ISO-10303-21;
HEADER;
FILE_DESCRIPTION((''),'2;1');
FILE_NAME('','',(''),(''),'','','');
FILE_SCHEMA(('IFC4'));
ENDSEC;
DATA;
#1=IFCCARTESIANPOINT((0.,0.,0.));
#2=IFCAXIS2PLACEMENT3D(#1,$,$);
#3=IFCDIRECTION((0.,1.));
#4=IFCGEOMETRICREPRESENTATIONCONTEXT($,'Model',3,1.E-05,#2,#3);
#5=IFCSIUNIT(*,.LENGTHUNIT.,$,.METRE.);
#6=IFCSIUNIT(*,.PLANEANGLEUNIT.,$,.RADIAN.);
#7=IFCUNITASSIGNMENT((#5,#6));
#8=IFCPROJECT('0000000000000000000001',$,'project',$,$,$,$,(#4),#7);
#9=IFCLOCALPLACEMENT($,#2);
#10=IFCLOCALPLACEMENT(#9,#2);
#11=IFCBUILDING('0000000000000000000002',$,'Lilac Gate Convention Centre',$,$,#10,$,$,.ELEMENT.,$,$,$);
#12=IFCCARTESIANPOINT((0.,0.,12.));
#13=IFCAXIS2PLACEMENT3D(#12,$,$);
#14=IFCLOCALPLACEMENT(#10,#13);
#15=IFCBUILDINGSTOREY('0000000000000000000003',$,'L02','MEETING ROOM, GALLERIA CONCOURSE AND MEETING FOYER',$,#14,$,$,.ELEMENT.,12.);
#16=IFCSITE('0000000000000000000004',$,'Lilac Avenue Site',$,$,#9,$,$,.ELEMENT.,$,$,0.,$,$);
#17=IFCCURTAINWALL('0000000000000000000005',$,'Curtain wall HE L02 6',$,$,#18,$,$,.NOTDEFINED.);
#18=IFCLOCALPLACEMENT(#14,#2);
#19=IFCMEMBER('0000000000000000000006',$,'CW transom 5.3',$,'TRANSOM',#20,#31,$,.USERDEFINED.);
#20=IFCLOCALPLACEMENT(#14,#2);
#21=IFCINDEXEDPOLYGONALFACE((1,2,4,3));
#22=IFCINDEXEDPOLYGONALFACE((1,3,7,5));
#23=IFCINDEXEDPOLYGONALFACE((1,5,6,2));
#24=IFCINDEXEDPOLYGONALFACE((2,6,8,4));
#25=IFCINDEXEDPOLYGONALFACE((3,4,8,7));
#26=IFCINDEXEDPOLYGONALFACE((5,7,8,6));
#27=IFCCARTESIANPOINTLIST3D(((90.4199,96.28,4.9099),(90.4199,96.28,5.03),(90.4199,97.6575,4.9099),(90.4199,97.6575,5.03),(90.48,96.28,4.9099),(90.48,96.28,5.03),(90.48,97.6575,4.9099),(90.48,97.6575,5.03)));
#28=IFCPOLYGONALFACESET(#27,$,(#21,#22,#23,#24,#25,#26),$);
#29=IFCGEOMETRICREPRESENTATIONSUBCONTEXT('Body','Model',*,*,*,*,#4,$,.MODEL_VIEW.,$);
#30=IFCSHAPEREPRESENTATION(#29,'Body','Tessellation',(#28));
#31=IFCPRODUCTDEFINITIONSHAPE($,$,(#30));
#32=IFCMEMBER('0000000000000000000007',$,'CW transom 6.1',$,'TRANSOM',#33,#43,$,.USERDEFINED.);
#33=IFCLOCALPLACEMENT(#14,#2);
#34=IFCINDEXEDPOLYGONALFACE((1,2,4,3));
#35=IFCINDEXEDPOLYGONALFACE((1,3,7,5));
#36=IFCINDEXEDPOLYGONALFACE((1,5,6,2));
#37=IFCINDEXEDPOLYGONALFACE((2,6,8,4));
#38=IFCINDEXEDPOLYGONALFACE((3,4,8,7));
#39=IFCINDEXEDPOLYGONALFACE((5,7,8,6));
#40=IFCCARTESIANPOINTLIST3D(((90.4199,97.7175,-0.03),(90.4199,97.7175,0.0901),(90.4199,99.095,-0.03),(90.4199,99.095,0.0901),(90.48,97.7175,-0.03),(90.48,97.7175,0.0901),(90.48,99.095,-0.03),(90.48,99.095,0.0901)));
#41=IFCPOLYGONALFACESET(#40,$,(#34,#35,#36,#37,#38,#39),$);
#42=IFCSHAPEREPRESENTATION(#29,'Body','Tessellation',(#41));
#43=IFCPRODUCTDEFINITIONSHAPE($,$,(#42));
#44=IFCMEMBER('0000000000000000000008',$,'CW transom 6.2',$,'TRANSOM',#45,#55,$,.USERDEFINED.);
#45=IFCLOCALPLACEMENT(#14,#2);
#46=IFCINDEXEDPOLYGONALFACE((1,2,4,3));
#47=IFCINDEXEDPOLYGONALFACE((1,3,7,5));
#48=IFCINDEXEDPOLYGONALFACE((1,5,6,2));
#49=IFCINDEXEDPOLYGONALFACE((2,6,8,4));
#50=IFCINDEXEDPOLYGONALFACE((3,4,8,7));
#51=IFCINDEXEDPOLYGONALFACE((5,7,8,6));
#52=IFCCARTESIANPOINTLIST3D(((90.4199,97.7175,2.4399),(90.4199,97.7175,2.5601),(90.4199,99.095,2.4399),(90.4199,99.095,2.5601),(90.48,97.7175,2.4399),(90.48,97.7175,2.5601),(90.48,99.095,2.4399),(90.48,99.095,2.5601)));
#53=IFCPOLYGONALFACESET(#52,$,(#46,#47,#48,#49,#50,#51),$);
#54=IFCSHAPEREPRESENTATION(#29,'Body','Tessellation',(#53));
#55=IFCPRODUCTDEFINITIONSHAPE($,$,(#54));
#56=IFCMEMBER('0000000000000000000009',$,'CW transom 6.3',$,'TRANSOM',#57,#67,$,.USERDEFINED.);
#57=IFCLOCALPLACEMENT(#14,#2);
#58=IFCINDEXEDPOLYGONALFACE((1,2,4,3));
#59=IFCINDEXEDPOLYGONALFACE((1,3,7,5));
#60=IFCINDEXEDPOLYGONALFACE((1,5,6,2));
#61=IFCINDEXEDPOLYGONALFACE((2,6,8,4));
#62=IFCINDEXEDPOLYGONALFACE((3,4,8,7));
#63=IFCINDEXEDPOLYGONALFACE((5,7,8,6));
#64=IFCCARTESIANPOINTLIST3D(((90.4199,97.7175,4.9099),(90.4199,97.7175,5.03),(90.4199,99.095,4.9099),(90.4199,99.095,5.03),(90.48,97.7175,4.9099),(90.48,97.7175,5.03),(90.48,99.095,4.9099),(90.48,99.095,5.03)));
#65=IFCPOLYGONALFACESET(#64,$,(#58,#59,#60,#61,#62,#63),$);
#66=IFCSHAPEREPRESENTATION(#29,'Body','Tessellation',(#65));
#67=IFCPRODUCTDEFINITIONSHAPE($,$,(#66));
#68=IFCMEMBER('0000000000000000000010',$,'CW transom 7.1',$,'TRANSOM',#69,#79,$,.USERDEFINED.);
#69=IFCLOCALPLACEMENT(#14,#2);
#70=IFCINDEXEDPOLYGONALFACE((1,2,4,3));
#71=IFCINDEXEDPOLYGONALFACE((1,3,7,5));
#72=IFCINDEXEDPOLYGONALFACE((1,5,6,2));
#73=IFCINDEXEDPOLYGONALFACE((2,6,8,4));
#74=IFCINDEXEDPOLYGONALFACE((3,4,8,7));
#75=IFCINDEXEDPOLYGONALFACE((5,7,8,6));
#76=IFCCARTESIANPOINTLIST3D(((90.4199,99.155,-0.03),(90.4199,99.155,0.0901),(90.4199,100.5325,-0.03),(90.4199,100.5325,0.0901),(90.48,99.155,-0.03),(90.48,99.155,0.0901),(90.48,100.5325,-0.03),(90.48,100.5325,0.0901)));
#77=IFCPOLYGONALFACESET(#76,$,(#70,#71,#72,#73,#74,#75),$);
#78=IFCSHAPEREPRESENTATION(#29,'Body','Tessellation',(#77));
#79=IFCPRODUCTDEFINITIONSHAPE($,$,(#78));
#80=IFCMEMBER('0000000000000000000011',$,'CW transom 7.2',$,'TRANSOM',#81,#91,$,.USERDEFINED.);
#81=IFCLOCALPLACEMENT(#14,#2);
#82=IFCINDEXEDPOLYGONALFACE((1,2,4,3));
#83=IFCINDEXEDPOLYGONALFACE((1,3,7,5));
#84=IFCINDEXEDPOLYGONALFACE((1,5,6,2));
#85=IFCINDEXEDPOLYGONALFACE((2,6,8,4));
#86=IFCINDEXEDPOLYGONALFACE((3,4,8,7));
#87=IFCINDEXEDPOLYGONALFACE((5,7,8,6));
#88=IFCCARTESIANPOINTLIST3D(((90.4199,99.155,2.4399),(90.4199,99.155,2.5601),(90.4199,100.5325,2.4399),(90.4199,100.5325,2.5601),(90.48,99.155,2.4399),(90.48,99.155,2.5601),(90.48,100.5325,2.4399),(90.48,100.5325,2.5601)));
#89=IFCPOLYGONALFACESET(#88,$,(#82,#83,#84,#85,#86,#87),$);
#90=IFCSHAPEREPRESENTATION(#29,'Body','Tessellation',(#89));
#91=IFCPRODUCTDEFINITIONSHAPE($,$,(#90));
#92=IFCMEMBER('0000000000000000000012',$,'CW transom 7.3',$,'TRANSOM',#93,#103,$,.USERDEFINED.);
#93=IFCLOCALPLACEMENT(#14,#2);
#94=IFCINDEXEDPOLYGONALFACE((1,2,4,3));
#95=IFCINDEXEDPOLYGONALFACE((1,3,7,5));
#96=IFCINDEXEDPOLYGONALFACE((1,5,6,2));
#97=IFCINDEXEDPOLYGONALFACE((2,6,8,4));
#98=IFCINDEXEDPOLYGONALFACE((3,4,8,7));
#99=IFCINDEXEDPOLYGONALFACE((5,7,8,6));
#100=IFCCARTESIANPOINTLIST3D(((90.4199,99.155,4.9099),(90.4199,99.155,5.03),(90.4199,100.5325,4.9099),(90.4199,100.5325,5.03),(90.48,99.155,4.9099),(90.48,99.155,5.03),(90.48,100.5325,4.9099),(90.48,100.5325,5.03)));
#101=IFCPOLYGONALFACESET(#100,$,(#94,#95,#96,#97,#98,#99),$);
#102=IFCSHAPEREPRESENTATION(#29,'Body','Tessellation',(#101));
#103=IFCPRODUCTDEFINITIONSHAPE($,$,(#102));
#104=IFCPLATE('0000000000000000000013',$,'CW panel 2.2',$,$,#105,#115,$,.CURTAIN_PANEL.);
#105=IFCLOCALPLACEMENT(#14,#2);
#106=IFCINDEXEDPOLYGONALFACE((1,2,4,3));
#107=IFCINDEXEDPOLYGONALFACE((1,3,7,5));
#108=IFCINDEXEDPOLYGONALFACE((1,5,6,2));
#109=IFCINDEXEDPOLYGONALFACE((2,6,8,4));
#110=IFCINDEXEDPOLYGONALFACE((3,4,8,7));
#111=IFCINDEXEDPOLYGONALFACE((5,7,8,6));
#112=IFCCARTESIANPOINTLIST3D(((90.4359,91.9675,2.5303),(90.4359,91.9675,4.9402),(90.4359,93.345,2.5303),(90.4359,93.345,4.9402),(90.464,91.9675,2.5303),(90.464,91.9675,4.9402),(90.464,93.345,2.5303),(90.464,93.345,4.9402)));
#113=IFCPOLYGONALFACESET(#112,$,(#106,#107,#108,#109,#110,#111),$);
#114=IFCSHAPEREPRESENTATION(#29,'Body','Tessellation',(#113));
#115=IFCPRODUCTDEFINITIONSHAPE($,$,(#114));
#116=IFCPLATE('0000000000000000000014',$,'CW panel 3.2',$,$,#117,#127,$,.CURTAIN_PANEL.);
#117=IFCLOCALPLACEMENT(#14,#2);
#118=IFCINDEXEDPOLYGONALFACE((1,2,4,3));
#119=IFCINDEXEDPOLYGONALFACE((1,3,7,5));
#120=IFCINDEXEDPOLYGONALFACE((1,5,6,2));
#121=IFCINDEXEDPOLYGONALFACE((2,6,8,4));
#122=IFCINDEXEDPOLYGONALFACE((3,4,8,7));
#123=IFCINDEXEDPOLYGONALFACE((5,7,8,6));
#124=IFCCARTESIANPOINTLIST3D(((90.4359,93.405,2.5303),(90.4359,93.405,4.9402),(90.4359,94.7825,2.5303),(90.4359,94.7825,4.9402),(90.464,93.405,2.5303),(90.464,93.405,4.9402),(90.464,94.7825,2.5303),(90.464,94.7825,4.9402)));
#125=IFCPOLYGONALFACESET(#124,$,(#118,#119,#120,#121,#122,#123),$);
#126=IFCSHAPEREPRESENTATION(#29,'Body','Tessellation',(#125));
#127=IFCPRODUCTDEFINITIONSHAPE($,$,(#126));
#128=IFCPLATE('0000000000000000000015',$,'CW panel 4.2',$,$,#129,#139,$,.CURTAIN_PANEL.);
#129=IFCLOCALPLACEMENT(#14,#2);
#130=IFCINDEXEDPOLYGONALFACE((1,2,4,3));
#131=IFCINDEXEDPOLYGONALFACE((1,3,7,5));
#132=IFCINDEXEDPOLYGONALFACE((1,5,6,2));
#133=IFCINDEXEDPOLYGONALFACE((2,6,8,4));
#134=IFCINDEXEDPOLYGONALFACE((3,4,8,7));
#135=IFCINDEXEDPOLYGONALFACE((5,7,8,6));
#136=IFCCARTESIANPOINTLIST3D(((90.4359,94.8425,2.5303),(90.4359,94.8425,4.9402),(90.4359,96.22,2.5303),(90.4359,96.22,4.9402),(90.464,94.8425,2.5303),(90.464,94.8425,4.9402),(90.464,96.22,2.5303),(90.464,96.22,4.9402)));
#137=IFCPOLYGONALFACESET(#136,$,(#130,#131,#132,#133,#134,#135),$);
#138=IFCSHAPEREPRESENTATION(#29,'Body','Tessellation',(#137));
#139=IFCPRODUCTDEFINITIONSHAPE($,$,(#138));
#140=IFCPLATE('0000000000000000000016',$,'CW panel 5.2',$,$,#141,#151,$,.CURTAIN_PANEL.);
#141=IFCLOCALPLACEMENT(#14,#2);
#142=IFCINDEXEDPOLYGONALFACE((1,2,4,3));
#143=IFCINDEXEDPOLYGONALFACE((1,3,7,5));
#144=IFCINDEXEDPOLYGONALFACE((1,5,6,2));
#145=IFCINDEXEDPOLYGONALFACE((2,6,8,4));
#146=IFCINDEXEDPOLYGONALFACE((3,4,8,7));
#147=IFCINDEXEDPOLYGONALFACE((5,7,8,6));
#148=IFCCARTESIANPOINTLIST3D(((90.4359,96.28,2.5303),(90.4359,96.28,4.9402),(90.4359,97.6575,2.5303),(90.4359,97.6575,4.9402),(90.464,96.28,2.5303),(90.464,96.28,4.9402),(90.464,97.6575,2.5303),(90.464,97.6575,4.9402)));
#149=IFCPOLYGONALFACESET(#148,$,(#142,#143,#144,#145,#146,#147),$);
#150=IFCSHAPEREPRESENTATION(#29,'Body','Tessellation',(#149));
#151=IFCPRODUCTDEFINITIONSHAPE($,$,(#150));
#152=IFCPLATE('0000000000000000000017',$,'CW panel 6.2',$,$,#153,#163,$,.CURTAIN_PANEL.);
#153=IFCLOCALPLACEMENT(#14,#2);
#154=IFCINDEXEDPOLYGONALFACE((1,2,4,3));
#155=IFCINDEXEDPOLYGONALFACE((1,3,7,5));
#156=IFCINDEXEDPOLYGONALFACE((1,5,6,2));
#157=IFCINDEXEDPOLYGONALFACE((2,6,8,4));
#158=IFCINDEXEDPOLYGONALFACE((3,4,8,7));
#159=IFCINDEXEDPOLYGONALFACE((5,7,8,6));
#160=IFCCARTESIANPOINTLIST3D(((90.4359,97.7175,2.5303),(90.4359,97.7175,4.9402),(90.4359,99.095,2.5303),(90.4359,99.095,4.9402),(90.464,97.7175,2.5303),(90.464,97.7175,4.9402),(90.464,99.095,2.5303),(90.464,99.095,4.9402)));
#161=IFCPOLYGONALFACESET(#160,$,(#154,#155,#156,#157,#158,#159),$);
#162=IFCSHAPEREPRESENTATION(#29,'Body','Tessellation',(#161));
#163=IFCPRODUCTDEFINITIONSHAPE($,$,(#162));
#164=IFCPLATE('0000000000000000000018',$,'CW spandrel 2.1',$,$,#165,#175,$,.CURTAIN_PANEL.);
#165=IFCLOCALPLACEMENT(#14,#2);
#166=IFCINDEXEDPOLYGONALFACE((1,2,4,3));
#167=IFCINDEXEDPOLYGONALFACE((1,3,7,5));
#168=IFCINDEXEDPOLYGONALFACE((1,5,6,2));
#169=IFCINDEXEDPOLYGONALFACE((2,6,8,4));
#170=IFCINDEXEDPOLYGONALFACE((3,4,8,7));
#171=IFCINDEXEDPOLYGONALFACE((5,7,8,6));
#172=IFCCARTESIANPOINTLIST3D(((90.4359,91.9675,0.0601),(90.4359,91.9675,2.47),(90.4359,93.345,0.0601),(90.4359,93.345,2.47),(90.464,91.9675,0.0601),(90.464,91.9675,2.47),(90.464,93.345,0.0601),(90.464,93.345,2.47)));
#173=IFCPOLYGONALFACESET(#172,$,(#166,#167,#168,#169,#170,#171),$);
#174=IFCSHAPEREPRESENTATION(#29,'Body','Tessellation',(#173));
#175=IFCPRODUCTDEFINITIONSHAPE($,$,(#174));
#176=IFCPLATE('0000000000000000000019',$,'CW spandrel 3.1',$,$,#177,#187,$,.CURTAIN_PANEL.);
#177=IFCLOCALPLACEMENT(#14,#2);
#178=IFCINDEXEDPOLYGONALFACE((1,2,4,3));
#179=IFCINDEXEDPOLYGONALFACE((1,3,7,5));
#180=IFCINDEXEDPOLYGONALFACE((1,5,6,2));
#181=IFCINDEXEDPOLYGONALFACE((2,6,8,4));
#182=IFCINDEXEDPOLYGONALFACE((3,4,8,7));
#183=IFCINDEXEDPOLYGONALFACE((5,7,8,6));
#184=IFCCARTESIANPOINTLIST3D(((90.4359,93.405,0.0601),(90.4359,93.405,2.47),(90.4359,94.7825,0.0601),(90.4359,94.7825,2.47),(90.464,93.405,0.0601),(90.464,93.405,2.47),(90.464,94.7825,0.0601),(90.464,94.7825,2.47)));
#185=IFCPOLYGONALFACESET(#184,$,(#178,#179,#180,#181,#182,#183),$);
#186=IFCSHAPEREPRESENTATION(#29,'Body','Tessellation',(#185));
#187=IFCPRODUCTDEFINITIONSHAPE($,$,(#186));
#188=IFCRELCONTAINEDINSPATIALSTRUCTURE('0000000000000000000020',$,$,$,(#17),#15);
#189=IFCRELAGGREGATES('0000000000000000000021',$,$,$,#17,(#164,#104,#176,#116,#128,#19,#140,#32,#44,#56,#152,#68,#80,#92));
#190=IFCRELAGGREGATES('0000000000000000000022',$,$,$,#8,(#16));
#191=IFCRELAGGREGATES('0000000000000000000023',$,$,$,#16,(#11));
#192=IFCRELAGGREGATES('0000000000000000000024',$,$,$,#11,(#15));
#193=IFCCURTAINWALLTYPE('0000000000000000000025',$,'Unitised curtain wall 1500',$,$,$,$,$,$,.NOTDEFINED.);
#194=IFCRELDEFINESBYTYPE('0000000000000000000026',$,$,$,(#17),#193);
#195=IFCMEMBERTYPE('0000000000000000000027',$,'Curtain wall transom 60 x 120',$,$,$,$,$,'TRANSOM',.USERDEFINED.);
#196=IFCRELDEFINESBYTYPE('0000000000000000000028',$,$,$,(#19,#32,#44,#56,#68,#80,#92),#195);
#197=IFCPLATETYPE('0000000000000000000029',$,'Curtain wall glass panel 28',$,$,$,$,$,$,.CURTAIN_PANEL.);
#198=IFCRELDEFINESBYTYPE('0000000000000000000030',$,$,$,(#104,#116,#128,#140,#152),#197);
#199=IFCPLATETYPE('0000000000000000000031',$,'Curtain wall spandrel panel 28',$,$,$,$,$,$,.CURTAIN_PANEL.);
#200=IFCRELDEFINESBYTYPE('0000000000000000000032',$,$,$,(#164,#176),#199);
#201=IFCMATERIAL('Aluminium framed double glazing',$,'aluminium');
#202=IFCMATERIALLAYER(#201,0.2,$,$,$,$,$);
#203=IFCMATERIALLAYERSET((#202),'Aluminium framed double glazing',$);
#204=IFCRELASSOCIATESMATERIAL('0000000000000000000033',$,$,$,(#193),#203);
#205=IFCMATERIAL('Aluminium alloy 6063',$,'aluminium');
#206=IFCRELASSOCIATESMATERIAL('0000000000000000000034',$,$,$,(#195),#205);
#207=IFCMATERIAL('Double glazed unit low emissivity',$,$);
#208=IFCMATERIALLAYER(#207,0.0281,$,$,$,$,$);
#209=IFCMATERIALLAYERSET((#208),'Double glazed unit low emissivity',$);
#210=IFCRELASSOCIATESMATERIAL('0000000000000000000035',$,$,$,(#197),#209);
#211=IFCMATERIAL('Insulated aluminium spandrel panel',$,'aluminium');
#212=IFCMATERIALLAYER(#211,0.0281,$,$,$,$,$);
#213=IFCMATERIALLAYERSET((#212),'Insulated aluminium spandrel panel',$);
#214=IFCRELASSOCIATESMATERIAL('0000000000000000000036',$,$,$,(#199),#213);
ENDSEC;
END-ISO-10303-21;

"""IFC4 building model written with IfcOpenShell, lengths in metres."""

from ifc_helpers import new_model, si_unit, direction, frame, origin, origin_2d, place, context, subcontext, project, spatial, rectangle, extrude, material, layer, layer_set, material_profile, profile_set, type_object, element, aggregate, save


model = new_model("IFC4")

# Units and contexts
model_context = context("Model", 3, precision=1e-05, world=origin(), true_north=direction((0.0, 1.0)))
body_context = subcontext(model_context, "Body", "Model", "MODEL_VIEW")
ifc_project = project(units=[si_unit("LENGTHUNIT", "METRE"), si_unit("PLANEANGLEUNIT", "RADIAN")], contexts=[model_context])

# Site, building, storey
site_placement = place(None, origin())
site = spatial("IfcSite", under=ifc_project, at=site_placement, Name="Lilac Avenue Site", CompositionType="ELEMENT", RefElevation=0.0)
building_placement = place(site_placement, origin())
building = spatial("IfcBuilding", under=site, at=building_placement, Name="Lilac Gate Convention Centre", CompositionType="ELEMENT")
storey_placement = place(building_placement, frame((0.0, 0.0, 12.0)))
storey = spatial("IfcBuildingStorey", under=building, at=storey_placement, Name="L02", Description="MEETING ROOM, GALLERIA CONCOURSE AND MEETING FOYER", CompositionType="ELEMENT", Elevation=12.0)

# Curtain wall, members, plates
ifc_material_1 = material(Name="Aluminium framed double glazing", Category="aluminium")
ifc_layer_1 = layer(ifc_material_1, 0.2)
ifc_layer_set_1 = layer_set([ifc_layer_1], Name="Aluminium framed double glazing")
curtain_wall_type = type_object("IfcCurtainWallType", Name="Unitised curtain wall 1500", PredefinedType="NOTDEFINED", material=ifc_layer_set_1)
curtain_wall_placement = place(storey_placement, origin())
curtain_wall = element("IfcCurtainWall", 1, at=curtain_wall_placement, inside=storey, type_object=curtain_wall_type, Name="Curtain wall HE L02 6", PredefinedType="NOTDEFINED")
ifc_material_2 = material(Name="Aluminium alloy 6063", Category="aluminium")
ifc_material_profile_1 = material_profile(ifc_material_2, rectangle(XDim=0.0601, YDim=0.1201, at=origin_2d()), Name="Curtain wall transom 60 x 120")
ifc_profile_set_1 = profile_set([ifc_material_profile_1], Name="Aluminium alloy 6063")
member_type_1 = type_object("IfcMemberType", Name="Curtain wall transom 60 x 120", ElementType="TRANSOM", PredefinedType="USERDEFINED", material=ifc_profile_set_1)
member_1_placement = place(storey_placement, frame((90.45, 96.28, 4.97), z_axis=(0.0, 1.0, 0.0), x_axis=(-1.0, 0.0, 0.0)))
member_1 = element("IfcMember", 2, at=member_1_placement, type_object=member_type_1, Name="CW transom 5.3", ObjectType="TRANSOM", PredefinedType="USERDEFINED", context=body_context, shape_type="SweptSolid", body=[
    extrude(rectangle(XDim=0.0601, YDim=0.1201, at=origin_2d()), origin(), (0.0, 0.0, 1.0), 1.3774),
])
member_2_placement = place(storey_placement, frame((90.45, 97.7175, 0.03), z_axis=(0.0, 1.0, 0.0), x_axis=(-1.0, 0.0, 0.0)))
member_2 = element("IfcMember", 3, at=member_2_placement, type_object=member_type_1, Name="CW transom 6.1", ObjectType="TRANSOM", PredefinedType="USERDEFINED", context=body_context, shape_type="SweptSolid", body=[
    extrude(rectangle(XDim=0.0601, YDim=0.1201, at=origin_2d()), origin(), (0.0, 0.0, 1.0), 1.3774),
])
member_3_placement = place(storey_placement, frame((90.45, 97.7175, 2.5), z_axis=(0.0, 1.0, 0.0), x_axis=(-1.0, 0.0, 0.0)))
member_3 = element("IfcMember", 4, at=member_3_placement, type_object=member_type_1, Name="CW transom 6.2", ObjectType="TRANSOM", PredefinedType="USERDEFINED", context=body_context, shape_type="SweptSolid", body=[
    extrude(rectangle(XDim=0.0601, YDim=0.1201, at=origin_2d()), origin(), (0.0, 0.0, 1.0), 1.3774),
])
member_4_placement = place(storey_placement, frame((90.45, 97.7175, 4.97), z_axis=(0.0, 1.0, 0.0), x_axis=(-1.0, 0.0, 0.0)))
member_4 = element("IfcMember", 5, at=member_4_placement, type_object=member_type_1, Name="CW transom 6.3", ObjectType="TRANSOM", PredefinedType="USERDEFINED", context=body_context, shape_type="SweptSolid", body=[
    extrude(rectangle(XDim=0.0601, YDim=0.1201, at=origin_2d()), origin(), (0.0, 0.0, 1.0), 1.3774),
])
member_5_placement = place(storey_placement, frame((90.45, 99.155, 0.03), z_axis=(0.0, 1.0, 0.0), x_axis=(-1.0, 0.0, 0.0)))
member_5 = element("IfcMember", 6, at=member_5_placement, type_object=member_type_1, Name="CW transom 7.1", ObjectType="TRANSOM", PredefinedType="USERDEFINED", context=body_context, shape_type="SweptSolid", body=[
    extrude(rectangle(XDim=0.0601, YDim=0.1201, at=origin_2d()), origin(), (0.0, 0.0, 1.0), 1.3774),
])
member_6_placement = place(storey_placement, frame((90.45, 99.155, 2.5), z_axis=(0.0, 1.0, 0.0), x_axis=(-1.0, 0.0, 0.0)))
member_6 = element("IfcMember", 7, at=member_6_placement, type_object=member_type_1, Name="CW transom 7.2", ObjectType="TRANSOM", PredefinedType="USERDEFINED", context=body_context, shape_type="SweptSolid", body=[
    extrude(rectangle(XDim=0.0601, YDim=0.1201, at=origin_2d()), origin(), (0.0, 0.0, 1.0), 1.3774),
])
member_7_placement = place(storey_placement, frame((90.45, 99.155, 4.97), z_axis=(0.0, 1.0, 0.0), x_axis=(-1.0, 0.0, 0.0)))
member_7 = element("IfcMember", 8, at=member_7_placement, type_object=member_type_1, Name="CW transom 7.3", ObjectType="TRANSOM", PredefinedType="USERDEFINED", context=body_context, shape_type="SweptSolid", body=[
    extrude(rectangle(XDim=0.0601, YDim=0.1201, at=origin_2d()), origin(), (0.0, 0.0, 1.0), 1.3774),
])
ifc_material_3 = material(Name="Double glazed unit low emissivity")
ifc_layer_2 = layer(ifc_material_3, 0.0281)
ifc_layer_set_2 = layer_set([ifc_layer_2], Name="Double glazed unit low emissivity")
plate_type_1 = type_object("IfcPlateType", Name="Curtain wall glass panel 28", PredefinedType="CURTAIN_PANEL", material=ifc_layer_set_2)
plate_1_placement = place(storey_placement, frame((90.45, 92.6562, 2.5303), z_axis=(0.0, 0.0, 1.0), x_axis=(0.0, 1.0, 0.0)))
plate_1 = element("IfcPlate", 9, at=plate_1_placement, type_object=plate_type_1, Name="CW panel 2.2", PredefinedType="CURTAIN_PANEL", context=body_context, shape_type="SweptSolid", body=[
    extrude(rectangle(XDim=1.3774, YDim=0.0281, at=origin_2d()), origin(), (0.0, 0.0, 1.0), 2.4099),
])
plate_2_placement = place(storey_placement, frame((90.45, 94.0938, 2.5303), z_axis=(0.0, 0.0, 1.0), x_axis=(0.0, 1.0, 0.0)))
plate_2 = element("IfcPlate", 10, at=plate_2_placement, type_object=plate_type_1, Name="CW panel 3.2", PredefinedType="CURTAIN_PANEL", context=body_context, shape_type="SweptSolid", body=[
    extrude(rectangle(XDim=1.3774, YDim=0.0281, at=origin_2d()), origin(), (0.0, 0.0, 1.0), 2.4099),
])
plate_3_placement = place(storey_placement, frame((90.45, 95.5312, 2.5303), z_axis=(0.0, 0.0, 1.0), x_axis=(0.0, 1.0, 0.0)))
plate_3 = element("IfcPlate", 11, at=plate_3_placement, type_object=plate_type_1, Name="CW panel 4.2", PredefinedType="CURTAIN_PANEL", context=body_context, shape_type="SweptSolid", body=[
    extrude(rectangle(XDim=1.3774, YDim=0.0281, at=origin_2d()), origin(), (0.0, 0.0, 1.0), 2.4099),
])
plate_4_placement = place(storey_placement, frame((90.45, 96.9688, 2.5303), z_axis=(0.0, 0.0, 1.0), x_axis=(0.0, 1.0, 0.0)))
plate_4 = element("IfcPlate", 12, at=plate_4_placement, type_object=plate_type_1, Name="CW panel 5.2", PredefinedType="CURTAIN_PANEL", context=body_context, shape_type="SweptSolid", body=[
    extrude(rectangle(XDim=1.3774, YDim=0.0281, at=origin_2d()), origin(), (0.0, 0.0, 1.0), 2.4099),
])
plate_5_placement = place(storey_placement, frame((90.45, 98.4062, 2.5303), z_axis=(0.0, 0.0, 1.0), x_axis=(0.0, 1.0, 0.0)))
plate_5 = element("IfcPlate", 13, at=plate_5_placement, type_object=plate_type_1, Name="CW panel 6.2", PredefinedType="CURTAIN_PANEL", context=body_context, shape_type="SweptSolid", body=[
    extrude(rectangle(XDim=1.3774, YDim=0.0281, at=origin_2d()), origin(), (0.0, 0.0, 1.0), 2.4099),
])
ifc_material_4 = material(Name="Insulated aluminium spandrel panel", Category="aluminium")
ifc_layer_3 = layer(ifc_material_4, 0.0281)
ifc_layer_set_3 = layer_set([ifc_layer_3], Name="Insulated aluminium spandrel panel")
plate_type_2 = type_object("IfcPlateType", Name="Curtain wall spandrel panel 28", PredefinedType="CURTAIN_PANEL", material=ifc_layer_set_3)
plate_6_placement = place(storey_placement, frame((90.45, 92.6562, 0.0601), z_axis=(0.0, 0.0, 1.0), x_axis=(0.0, 1.0, 0.0)))
plate_6 = element("IfcPlate", 14, at=plate_6_placement, type_object=plate_type_2, Name="CW spandrel 2.1", PredefinedType="CURTAIN_PANEL", context=body_context, shape_type="SweptSolid", body=[
    extrude(rectangle(XDim=1.3774, YDim=0.0281, at=origin_2d()), origin(), (0.0, 0.0, 1.0), 2.4099),
])
plate_7_placement = place(storey_placement, frame((90.45, 94.0938, 0.0601), z_axis=(0.0, 0.0, 1.0), x_axis=(0.0, 1.0, 0.0)))
plate_7 = element("IfcPlate", 15, at=plate_7_placement, type_object=plate_type_2, Name="CW spandrel 3.1", PredefinedType="CURTAIN_PANEL", context=body_context, shape_type="SweptSolid", body=[
    extrude(rectangle(XDim=1.3774, YDim=0.0281, at=origin_2d()), origin(), (0.0, 0.0, 1.0), 2.4099),
])
aggregate(curtain_wall, [plate_6, plate_1, plate_7, plate_2, plate_3, member_1, plate_4, member_2, member_3, member_4, plate_5, member_5, member_6, member_7])

save(model, "model.ifc")
